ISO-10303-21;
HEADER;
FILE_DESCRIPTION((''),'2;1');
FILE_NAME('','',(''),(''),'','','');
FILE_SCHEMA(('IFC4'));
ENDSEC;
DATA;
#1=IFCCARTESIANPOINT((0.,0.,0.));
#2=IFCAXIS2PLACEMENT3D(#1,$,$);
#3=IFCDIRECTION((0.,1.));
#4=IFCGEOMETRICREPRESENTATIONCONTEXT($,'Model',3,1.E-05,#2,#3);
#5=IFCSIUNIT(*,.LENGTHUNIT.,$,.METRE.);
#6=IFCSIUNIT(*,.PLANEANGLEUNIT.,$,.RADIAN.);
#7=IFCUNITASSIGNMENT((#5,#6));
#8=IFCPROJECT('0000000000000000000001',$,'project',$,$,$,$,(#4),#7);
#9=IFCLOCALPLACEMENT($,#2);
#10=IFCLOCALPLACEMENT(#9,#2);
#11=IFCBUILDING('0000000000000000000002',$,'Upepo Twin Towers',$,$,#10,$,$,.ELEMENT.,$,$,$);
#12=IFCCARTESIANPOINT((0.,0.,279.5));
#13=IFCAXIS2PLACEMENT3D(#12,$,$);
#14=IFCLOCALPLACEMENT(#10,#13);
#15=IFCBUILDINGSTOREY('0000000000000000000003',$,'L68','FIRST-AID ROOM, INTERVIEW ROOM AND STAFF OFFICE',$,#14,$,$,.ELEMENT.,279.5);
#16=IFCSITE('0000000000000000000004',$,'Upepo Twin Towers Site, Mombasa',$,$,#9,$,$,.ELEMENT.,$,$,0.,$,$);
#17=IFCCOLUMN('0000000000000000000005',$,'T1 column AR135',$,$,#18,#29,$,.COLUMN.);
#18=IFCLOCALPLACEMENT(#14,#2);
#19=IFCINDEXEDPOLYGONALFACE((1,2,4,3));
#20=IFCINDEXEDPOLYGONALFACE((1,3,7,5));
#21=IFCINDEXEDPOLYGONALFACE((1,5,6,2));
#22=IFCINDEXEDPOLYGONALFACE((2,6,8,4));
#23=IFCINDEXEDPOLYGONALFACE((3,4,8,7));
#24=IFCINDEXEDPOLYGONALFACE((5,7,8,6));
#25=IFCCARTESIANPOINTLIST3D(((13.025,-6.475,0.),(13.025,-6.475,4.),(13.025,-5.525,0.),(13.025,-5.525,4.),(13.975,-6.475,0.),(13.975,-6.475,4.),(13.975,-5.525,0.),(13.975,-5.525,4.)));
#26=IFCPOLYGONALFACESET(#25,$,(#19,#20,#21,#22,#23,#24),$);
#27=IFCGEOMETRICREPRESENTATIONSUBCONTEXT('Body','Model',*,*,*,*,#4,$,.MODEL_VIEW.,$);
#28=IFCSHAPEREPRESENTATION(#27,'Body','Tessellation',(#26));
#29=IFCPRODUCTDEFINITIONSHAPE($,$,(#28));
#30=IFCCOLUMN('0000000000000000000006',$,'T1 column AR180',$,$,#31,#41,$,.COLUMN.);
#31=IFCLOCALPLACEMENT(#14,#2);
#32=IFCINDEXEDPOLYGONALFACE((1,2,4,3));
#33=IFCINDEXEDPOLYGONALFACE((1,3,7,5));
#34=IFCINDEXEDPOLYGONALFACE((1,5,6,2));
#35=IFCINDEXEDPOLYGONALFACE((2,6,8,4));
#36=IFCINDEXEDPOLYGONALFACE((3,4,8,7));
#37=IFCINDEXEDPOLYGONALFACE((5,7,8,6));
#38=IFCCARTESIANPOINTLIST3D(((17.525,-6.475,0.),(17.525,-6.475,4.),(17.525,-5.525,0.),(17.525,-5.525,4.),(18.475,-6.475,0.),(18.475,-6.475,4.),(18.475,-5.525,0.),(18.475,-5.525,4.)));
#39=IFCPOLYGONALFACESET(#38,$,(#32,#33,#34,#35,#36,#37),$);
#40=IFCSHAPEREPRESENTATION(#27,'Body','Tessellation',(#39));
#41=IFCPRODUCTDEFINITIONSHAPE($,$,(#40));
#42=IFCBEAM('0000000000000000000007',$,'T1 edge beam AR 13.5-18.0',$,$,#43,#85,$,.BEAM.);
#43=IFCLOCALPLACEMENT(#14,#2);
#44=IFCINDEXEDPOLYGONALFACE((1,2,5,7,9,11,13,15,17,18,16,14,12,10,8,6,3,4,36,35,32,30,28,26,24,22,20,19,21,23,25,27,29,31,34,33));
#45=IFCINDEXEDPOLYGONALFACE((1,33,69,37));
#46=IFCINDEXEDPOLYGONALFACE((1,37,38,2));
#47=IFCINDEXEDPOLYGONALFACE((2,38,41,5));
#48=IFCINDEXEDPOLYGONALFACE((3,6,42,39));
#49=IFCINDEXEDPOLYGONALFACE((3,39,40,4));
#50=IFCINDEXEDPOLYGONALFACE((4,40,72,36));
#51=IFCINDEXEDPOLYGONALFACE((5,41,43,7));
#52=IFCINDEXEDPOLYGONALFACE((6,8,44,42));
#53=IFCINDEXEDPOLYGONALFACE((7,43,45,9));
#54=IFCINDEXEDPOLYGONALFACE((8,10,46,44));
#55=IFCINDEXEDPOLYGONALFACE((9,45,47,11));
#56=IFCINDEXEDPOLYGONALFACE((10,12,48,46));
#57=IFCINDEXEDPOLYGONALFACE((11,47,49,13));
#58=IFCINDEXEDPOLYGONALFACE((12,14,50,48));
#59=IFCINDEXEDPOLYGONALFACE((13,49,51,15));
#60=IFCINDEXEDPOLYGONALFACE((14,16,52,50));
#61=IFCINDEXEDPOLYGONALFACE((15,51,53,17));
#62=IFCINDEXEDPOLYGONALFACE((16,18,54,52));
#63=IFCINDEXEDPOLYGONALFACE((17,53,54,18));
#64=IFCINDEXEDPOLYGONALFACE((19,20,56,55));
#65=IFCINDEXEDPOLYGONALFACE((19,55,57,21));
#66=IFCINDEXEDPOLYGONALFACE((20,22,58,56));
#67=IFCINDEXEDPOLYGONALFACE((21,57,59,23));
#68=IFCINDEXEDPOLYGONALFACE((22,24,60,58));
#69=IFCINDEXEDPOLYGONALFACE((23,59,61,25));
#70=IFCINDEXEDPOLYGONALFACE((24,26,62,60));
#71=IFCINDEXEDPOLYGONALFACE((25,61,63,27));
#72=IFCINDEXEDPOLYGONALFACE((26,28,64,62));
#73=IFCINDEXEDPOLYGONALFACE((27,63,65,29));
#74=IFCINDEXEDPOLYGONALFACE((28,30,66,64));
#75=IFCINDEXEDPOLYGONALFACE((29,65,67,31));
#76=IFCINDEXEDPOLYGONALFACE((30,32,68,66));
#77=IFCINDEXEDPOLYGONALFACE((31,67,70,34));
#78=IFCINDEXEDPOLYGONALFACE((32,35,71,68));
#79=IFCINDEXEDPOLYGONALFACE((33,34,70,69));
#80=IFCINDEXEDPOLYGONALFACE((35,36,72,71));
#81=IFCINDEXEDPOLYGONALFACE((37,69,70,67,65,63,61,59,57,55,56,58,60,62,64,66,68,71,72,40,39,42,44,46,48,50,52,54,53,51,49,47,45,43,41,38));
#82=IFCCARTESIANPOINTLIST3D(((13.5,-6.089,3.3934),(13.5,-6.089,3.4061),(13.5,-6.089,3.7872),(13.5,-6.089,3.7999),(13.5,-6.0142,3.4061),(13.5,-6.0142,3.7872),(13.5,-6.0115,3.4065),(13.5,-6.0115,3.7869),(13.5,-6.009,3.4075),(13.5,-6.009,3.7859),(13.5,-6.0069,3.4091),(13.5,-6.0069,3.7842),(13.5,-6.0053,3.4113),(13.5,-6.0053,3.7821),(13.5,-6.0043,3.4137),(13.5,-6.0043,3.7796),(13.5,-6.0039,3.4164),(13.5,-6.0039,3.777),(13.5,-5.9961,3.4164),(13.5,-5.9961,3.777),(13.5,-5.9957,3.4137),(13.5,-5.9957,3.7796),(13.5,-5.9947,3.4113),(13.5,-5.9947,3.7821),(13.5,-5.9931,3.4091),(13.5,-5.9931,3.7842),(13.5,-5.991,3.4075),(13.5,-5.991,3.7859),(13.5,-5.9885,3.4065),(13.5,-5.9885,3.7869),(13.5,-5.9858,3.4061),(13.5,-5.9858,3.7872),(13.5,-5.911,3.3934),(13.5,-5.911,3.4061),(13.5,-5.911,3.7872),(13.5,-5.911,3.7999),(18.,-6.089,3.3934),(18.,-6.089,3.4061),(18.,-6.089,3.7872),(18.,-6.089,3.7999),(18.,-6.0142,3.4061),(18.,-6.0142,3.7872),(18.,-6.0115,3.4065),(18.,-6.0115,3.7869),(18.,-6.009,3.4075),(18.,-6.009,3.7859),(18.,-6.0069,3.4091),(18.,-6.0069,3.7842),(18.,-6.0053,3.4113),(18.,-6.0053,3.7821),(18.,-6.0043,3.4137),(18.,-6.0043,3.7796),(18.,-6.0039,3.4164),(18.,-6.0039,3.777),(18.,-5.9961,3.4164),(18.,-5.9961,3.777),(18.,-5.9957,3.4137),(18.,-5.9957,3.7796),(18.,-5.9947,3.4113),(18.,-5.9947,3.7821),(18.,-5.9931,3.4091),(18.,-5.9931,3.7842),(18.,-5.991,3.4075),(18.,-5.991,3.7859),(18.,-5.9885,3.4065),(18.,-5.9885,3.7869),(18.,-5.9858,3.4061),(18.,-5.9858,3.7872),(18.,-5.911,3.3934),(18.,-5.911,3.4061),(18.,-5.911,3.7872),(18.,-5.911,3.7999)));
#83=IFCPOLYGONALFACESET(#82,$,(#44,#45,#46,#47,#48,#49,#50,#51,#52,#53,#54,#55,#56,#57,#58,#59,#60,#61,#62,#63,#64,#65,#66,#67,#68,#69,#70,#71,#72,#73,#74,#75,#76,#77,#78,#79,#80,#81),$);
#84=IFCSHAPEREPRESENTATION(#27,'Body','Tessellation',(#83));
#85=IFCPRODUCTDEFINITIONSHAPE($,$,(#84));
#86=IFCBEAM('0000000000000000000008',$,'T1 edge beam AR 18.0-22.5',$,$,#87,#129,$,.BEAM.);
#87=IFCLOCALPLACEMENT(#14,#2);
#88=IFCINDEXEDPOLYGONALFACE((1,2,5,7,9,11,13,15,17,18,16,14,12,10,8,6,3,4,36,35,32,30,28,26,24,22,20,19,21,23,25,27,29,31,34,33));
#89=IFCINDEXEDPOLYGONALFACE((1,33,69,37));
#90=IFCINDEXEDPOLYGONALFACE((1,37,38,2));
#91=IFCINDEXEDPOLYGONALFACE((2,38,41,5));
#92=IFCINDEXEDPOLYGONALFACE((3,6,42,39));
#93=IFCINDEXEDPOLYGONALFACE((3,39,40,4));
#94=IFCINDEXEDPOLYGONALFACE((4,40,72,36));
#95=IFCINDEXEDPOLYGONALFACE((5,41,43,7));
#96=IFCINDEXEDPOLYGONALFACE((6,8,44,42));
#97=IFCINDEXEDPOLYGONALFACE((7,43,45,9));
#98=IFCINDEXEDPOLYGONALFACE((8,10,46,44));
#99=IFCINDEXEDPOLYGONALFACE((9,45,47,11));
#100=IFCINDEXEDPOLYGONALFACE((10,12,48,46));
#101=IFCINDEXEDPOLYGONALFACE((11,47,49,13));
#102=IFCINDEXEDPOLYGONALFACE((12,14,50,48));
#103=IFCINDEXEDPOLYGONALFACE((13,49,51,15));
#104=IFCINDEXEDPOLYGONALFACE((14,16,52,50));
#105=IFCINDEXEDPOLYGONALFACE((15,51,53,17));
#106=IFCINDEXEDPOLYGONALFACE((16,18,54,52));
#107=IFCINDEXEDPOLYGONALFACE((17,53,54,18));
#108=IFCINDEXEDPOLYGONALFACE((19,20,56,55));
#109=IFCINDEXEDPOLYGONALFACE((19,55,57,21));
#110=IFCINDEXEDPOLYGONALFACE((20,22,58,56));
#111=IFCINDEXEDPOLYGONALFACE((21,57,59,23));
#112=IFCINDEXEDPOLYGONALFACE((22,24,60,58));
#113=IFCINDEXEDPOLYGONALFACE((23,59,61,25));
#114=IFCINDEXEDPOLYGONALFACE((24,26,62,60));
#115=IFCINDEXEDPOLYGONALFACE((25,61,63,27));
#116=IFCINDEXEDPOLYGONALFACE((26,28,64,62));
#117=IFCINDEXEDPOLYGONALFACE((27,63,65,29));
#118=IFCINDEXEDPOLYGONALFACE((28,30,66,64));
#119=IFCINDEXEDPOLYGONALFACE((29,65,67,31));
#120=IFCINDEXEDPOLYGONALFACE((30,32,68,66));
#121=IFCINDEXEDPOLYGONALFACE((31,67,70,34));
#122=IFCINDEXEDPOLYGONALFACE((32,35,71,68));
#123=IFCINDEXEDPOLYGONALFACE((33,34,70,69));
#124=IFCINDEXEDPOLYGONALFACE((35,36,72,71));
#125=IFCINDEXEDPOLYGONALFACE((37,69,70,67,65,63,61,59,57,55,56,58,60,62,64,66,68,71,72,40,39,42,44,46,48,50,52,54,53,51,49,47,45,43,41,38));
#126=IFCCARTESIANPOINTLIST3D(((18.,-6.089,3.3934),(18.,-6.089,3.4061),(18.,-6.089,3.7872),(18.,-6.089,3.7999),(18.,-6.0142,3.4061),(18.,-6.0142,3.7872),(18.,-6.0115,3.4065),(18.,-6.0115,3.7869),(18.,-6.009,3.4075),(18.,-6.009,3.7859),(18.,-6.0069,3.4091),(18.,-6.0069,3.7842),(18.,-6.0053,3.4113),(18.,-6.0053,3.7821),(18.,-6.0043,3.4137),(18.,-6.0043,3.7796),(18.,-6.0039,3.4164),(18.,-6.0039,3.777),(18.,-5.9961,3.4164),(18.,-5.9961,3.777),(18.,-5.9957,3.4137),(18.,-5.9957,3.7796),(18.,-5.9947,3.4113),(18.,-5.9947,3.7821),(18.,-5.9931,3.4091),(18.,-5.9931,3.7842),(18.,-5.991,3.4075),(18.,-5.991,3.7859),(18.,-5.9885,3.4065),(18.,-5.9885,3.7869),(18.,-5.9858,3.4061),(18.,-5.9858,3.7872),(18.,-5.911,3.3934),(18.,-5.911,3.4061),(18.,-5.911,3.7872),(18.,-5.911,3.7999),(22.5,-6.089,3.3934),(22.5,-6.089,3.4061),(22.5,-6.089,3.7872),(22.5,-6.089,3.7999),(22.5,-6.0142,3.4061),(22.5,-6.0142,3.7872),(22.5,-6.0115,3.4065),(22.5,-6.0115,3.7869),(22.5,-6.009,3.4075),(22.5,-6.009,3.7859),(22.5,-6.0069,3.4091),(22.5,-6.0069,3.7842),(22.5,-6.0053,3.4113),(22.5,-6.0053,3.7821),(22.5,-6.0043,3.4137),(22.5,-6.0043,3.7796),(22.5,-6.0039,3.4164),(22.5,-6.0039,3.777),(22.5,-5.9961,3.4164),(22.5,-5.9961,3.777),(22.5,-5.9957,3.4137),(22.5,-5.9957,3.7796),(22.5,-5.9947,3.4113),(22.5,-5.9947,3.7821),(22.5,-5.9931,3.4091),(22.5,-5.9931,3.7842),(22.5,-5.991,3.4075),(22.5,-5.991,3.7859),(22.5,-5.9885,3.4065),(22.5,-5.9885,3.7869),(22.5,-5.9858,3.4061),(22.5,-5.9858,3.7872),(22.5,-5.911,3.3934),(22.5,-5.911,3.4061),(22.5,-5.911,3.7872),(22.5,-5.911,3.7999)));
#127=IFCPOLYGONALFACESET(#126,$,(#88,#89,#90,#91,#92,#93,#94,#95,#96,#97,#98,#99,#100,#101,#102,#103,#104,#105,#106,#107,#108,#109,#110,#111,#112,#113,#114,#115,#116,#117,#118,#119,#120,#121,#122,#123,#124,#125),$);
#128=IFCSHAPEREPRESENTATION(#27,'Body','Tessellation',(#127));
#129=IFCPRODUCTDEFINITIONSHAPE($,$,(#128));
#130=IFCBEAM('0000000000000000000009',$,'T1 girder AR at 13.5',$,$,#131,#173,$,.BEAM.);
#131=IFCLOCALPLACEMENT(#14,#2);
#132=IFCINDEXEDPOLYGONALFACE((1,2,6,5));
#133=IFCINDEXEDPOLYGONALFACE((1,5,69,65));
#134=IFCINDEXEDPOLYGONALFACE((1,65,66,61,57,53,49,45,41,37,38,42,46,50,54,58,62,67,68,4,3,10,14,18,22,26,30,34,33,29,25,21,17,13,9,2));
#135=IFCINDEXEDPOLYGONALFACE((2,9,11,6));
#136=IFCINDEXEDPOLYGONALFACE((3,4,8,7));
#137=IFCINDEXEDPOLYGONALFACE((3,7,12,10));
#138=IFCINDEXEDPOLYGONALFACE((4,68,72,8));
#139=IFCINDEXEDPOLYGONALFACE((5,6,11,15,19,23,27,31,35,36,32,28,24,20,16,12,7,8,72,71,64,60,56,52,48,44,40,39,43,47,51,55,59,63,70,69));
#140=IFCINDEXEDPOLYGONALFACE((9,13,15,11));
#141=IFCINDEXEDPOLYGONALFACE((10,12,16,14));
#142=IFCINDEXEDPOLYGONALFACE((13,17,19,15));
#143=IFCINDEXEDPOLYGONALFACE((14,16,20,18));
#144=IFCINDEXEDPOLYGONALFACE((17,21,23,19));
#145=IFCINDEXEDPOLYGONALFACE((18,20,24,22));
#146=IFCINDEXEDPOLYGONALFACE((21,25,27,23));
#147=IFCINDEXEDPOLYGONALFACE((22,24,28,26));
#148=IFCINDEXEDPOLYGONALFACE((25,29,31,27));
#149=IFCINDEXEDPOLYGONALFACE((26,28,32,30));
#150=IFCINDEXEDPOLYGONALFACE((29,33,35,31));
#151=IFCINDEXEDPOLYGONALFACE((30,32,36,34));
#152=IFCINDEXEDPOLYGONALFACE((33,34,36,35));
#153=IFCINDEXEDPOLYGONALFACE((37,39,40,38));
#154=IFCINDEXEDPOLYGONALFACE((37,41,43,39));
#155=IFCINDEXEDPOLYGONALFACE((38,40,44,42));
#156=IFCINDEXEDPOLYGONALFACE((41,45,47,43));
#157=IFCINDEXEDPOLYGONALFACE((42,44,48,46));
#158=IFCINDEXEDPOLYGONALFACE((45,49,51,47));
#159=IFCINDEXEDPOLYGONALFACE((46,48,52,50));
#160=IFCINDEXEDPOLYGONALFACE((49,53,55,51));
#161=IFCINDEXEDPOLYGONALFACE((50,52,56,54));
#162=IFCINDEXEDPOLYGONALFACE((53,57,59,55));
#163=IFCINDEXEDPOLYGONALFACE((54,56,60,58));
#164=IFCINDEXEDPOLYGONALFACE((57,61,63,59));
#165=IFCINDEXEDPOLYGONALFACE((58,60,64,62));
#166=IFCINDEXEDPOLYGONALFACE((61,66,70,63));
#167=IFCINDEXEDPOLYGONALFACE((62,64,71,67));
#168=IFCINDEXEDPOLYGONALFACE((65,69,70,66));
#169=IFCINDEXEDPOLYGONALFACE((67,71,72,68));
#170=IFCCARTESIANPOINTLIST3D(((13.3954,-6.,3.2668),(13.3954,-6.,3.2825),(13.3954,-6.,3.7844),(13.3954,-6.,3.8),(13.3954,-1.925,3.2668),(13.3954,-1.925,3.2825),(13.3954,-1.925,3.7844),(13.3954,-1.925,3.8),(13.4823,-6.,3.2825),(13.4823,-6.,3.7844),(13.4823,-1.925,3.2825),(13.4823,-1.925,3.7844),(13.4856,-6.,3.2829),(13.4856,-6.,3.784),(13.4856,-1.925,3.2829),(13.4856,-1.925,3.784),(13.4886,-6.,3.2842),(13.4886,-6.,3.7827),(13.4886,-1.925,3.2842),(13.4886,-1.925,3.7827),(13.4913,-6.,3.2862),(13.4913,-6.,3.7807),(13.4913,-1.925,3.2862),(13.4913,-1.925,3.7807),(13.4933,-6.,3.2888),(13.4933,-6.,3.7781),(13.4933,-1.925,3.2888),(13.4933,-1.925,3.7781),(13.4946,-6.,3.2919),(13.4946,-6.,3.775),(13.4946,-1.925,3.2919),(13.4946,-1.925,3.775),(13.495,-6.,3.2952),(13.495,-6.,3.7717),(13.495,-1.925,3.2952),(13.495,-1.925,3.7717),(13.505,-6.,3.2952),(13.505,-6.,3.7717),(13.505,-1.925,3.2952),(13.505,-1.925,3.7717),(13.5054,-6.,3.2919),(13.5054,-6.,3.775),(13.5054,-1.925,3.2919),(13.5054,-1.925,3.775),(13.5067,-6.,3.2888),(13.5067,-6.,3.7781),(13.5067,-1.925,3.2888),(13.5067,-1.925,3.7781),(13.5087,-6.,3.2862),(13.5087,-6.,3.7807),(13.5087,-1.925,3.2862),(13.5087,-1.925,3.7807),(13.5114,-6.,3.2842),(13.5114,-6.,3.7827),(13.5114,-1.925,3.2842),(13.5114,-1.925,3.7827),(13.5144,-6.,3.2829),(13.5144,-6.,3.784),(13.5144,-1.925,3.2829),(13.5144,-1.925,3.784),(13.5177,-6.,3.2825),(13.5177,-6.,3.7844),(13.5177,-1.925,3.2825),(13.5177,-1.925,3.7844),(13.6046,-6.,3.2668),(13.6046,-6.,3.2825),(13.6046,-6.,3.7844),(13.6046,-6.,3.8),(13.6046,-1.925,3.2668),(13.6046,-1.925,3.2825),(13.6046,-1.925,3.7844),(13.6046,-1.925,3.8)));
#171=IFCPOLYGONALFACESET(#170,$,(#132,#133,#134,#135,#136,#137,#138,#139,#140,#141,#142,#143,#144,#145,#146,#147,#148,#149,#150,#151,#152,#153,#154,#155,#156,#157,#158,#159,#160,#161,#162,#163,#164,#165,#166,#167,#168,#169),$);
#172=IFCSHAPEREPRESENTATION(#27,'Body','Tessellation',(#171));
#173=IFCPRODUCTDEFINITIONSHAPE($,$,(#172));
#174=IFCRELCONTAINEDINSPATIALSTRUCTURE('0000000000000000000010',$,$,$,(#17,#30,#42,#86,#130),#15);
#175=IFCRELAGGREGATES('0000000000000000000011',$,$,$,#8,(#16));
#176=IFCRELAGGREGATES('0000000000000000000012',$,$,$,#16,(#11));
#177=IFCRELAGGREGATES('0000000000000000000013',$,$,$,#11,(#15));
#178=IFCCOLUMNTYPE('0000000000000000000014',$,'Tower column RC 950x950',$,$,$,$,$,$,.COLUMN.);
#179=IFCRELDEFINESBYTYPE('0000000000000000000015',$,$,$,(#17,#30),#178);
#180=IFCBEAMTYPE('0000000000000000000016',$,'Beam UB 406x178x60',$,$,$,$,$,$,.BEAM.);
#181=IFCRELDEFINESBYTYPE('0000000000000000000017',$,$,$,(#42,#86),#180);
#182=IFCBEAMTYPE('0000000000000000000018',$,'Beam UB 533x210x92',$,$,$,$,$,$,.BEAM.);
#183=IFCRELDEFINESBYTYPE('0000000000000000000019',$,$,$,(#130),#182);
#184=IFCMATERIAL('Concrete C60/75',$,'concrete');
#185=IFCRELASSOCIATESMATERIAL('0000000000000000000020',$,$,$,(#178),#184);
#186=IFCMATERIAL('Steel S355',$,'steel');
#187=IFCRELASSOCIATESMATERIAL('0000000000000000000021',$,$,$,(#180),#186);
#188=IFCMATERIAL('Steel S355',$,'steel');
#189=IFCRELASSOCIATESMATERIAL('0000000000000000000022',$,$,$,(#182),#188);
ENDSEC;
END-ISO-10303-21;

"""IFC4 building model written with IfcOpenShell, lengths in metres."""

from ifc_helpers import new_model, si_unit, direction, frame, origin, origin_2d, place, context, subcontext, project, spatial, rectangle, i_section, extrude, material, material_profile, profile_set, type_object, element, save


model = new_model("IFC4")

# Units and contexts
model_context = context("Model", 3, precision=1e-05, world=origin(), true_north=direction((0.0, 1.0)))
body_context = subcontext(model_context, "Body", "Model", "MODEL_VIEW")
ifc_project = project(units=[si_unit("LENGTHUNIT", "METRE"), si_unit("PLANEANGLEUNIT", "RADIAN")], contexts=[model_context])

# Site, building, storey
site_placement = place(None, origin())
site = spatial("IfcSite", under=ifc_project, at=site_placement, Name="Upepo Twin Towers Site, Mombasa", CompositionType="ELEMENT", RefElevation=0.0)
building_placement = place(site_placement, origin())
building = spatial("IfcBuilding", under=site, at=building_placement, Name="Upepo Twin Towers", CompositionType="ELEMENT")
storey_placement = place(building_placement, frame((0.0, 0.0, 279.5)))
storey = spatial("IfcBuildingStorey", under=building, at=storey_placement, Name="L68", Description="FIRST-AID ROOM, INTERVIEW ROOM AND STAFF OFFICE", CompositionType="ELEMENT", Elevation=279.5)

# Columns
ifc_material_1 = material(Name="Concrete C60/75", Category="concrete")
ifc_material_profile_1 = material_profile(ifc_material_1, rectangle(XDim=0.95, YDim=0.95, at=origin_2d()), Name="RC 950x950")
ifc_profile_set_1 = profile_set([ifc_material_profile_1], Name="Concrete C60/75")
column_type = type_object("IfcColumnType", Name="Tower column RC 950x950", PredefinedType="COLUMN", material=ifc_profile_set_1)
for number, where, z_axis, x_axis, name in (
    (1, (13.5, -6.0, 0.0), (0.0, 0.0, 1.0), (1.0, 0.0, 0.0), "T1 column AR135"),
    (2, (18.0, -6.0, 0.0), (0.0, 0.0, 1.0), (1.0, 0.0, 0.0), "T1 column AR180"),
):
    element("IfcColumn", number, at=place(storey_placement, frame(where, z_axis=z_axis, x_axis=x_axis)), inside=storey, type_object=column_type, Name=name, PredefinedType="COLUMN", context=body_context, shape_type="SweptSolid", body=[
        extrude(rectangle(XDim=0.95, YDim=0.95, at=origin_2d()), origin(), (0.0, 0.0, 1.0), 4.0),
    ])

# Beams
ifc_material_2 = material(Name="Steel S355", Category="steel")
ifc_material_profile_2 = material_profile(ifc_material_2, i_section(OverallWidth=0.178, OverallDepth=0.4065, WebThickness=0.0078, FlangeThickness=0.0127, FilletRadius=0.0103, at=origin_2d()), Name="UB 406x178x60")
ifc_profile_set_2 = profile_set([ifc_material_profile_2], Name="Steel S355")
beam_type_1 = type_object("IfcBeamType", Name="Beam UB 406x178x60", PredefinedType="BEAM", material=ifc_profile_set_2)
for number, where, z_axis, x_axis, name in (
    (3, (13.5, -6.0, 3.5967), (1.0, 0.0, 0.0), (0.0, 1.0, 0.0), "T1 edge beam AR 13.5-18.0"),
    (4, (18.0, -6.0, 3.5967), (1.0, 0.0, 0.0), (0.0, 1.0, 0.0), "T1 edge beam AR 18.0-22.5"),
):
    element("IfcBeam", number, at=place(storey_placement, frame(where, z_axis=z_axis, x_axis=x_axis)), inside=storey, type_object=beam_type_1, Name=name, PredefinedType="BEAM", context=body_context, shape_type="SweptSolid", body=[
        extrude(i_section(OverallWidth=0.178, OverallDepth=0.4065, WebThickness=0.0078, FlangeThickness=0.0127, FilletRadius=0.0103, at=origin_2d()), origin(), (0.0, 0.0, 1.0), 4.5),
    ])
ifc_material_3 = material(Name="Steel S355", Category="steel")
ifc_material_profile_3 = material_profile(ifc_material_3, i_section(OverallWidth=0.2092, OverallDepth=0.5332, WebThickness=0.01, FlangeThickness=0.0156, FilletRadius=0.0127, at=origin_2d()), Name="UB 533x210x92")
ifc_profile_set_3 = profile_set([ifc_material_profile_3], Name="Steel S355")
beam_type_2 = type_object("IfcBeamType", Name="Beam UB 533x210x92", PredefinedType="BEAM", material=ifc_profile_set_3)
for number, where, z_axis, x_axis, name in (
    (5, (13.5, -6.0, 3.5334), (0.0, 1.0, 0.0), (-1.0, 0.0, 0.0), "T1 girder AR at 13.5"),
):
    element("IfcBeam", number, at=place(storey_placement, frame(where, z_axis=z_axis, x_axis=x_axis)), inside=storey, type_object=beam_type_2, Name=name, PredefinedType="BEAM", context=body_context, shape_type="SweptSolid", body=[
        extrude(i_section(OverallWidth=0.2092, OverallDepth=0.5332, WebThickness=0.01, FlangeThickness=0.0156, FilletRadius=0.0127, at=origin_2d()), origin(), (0.0, 0.0, 1.0), 4.075),
    ])

save(model, "model.ifc")
